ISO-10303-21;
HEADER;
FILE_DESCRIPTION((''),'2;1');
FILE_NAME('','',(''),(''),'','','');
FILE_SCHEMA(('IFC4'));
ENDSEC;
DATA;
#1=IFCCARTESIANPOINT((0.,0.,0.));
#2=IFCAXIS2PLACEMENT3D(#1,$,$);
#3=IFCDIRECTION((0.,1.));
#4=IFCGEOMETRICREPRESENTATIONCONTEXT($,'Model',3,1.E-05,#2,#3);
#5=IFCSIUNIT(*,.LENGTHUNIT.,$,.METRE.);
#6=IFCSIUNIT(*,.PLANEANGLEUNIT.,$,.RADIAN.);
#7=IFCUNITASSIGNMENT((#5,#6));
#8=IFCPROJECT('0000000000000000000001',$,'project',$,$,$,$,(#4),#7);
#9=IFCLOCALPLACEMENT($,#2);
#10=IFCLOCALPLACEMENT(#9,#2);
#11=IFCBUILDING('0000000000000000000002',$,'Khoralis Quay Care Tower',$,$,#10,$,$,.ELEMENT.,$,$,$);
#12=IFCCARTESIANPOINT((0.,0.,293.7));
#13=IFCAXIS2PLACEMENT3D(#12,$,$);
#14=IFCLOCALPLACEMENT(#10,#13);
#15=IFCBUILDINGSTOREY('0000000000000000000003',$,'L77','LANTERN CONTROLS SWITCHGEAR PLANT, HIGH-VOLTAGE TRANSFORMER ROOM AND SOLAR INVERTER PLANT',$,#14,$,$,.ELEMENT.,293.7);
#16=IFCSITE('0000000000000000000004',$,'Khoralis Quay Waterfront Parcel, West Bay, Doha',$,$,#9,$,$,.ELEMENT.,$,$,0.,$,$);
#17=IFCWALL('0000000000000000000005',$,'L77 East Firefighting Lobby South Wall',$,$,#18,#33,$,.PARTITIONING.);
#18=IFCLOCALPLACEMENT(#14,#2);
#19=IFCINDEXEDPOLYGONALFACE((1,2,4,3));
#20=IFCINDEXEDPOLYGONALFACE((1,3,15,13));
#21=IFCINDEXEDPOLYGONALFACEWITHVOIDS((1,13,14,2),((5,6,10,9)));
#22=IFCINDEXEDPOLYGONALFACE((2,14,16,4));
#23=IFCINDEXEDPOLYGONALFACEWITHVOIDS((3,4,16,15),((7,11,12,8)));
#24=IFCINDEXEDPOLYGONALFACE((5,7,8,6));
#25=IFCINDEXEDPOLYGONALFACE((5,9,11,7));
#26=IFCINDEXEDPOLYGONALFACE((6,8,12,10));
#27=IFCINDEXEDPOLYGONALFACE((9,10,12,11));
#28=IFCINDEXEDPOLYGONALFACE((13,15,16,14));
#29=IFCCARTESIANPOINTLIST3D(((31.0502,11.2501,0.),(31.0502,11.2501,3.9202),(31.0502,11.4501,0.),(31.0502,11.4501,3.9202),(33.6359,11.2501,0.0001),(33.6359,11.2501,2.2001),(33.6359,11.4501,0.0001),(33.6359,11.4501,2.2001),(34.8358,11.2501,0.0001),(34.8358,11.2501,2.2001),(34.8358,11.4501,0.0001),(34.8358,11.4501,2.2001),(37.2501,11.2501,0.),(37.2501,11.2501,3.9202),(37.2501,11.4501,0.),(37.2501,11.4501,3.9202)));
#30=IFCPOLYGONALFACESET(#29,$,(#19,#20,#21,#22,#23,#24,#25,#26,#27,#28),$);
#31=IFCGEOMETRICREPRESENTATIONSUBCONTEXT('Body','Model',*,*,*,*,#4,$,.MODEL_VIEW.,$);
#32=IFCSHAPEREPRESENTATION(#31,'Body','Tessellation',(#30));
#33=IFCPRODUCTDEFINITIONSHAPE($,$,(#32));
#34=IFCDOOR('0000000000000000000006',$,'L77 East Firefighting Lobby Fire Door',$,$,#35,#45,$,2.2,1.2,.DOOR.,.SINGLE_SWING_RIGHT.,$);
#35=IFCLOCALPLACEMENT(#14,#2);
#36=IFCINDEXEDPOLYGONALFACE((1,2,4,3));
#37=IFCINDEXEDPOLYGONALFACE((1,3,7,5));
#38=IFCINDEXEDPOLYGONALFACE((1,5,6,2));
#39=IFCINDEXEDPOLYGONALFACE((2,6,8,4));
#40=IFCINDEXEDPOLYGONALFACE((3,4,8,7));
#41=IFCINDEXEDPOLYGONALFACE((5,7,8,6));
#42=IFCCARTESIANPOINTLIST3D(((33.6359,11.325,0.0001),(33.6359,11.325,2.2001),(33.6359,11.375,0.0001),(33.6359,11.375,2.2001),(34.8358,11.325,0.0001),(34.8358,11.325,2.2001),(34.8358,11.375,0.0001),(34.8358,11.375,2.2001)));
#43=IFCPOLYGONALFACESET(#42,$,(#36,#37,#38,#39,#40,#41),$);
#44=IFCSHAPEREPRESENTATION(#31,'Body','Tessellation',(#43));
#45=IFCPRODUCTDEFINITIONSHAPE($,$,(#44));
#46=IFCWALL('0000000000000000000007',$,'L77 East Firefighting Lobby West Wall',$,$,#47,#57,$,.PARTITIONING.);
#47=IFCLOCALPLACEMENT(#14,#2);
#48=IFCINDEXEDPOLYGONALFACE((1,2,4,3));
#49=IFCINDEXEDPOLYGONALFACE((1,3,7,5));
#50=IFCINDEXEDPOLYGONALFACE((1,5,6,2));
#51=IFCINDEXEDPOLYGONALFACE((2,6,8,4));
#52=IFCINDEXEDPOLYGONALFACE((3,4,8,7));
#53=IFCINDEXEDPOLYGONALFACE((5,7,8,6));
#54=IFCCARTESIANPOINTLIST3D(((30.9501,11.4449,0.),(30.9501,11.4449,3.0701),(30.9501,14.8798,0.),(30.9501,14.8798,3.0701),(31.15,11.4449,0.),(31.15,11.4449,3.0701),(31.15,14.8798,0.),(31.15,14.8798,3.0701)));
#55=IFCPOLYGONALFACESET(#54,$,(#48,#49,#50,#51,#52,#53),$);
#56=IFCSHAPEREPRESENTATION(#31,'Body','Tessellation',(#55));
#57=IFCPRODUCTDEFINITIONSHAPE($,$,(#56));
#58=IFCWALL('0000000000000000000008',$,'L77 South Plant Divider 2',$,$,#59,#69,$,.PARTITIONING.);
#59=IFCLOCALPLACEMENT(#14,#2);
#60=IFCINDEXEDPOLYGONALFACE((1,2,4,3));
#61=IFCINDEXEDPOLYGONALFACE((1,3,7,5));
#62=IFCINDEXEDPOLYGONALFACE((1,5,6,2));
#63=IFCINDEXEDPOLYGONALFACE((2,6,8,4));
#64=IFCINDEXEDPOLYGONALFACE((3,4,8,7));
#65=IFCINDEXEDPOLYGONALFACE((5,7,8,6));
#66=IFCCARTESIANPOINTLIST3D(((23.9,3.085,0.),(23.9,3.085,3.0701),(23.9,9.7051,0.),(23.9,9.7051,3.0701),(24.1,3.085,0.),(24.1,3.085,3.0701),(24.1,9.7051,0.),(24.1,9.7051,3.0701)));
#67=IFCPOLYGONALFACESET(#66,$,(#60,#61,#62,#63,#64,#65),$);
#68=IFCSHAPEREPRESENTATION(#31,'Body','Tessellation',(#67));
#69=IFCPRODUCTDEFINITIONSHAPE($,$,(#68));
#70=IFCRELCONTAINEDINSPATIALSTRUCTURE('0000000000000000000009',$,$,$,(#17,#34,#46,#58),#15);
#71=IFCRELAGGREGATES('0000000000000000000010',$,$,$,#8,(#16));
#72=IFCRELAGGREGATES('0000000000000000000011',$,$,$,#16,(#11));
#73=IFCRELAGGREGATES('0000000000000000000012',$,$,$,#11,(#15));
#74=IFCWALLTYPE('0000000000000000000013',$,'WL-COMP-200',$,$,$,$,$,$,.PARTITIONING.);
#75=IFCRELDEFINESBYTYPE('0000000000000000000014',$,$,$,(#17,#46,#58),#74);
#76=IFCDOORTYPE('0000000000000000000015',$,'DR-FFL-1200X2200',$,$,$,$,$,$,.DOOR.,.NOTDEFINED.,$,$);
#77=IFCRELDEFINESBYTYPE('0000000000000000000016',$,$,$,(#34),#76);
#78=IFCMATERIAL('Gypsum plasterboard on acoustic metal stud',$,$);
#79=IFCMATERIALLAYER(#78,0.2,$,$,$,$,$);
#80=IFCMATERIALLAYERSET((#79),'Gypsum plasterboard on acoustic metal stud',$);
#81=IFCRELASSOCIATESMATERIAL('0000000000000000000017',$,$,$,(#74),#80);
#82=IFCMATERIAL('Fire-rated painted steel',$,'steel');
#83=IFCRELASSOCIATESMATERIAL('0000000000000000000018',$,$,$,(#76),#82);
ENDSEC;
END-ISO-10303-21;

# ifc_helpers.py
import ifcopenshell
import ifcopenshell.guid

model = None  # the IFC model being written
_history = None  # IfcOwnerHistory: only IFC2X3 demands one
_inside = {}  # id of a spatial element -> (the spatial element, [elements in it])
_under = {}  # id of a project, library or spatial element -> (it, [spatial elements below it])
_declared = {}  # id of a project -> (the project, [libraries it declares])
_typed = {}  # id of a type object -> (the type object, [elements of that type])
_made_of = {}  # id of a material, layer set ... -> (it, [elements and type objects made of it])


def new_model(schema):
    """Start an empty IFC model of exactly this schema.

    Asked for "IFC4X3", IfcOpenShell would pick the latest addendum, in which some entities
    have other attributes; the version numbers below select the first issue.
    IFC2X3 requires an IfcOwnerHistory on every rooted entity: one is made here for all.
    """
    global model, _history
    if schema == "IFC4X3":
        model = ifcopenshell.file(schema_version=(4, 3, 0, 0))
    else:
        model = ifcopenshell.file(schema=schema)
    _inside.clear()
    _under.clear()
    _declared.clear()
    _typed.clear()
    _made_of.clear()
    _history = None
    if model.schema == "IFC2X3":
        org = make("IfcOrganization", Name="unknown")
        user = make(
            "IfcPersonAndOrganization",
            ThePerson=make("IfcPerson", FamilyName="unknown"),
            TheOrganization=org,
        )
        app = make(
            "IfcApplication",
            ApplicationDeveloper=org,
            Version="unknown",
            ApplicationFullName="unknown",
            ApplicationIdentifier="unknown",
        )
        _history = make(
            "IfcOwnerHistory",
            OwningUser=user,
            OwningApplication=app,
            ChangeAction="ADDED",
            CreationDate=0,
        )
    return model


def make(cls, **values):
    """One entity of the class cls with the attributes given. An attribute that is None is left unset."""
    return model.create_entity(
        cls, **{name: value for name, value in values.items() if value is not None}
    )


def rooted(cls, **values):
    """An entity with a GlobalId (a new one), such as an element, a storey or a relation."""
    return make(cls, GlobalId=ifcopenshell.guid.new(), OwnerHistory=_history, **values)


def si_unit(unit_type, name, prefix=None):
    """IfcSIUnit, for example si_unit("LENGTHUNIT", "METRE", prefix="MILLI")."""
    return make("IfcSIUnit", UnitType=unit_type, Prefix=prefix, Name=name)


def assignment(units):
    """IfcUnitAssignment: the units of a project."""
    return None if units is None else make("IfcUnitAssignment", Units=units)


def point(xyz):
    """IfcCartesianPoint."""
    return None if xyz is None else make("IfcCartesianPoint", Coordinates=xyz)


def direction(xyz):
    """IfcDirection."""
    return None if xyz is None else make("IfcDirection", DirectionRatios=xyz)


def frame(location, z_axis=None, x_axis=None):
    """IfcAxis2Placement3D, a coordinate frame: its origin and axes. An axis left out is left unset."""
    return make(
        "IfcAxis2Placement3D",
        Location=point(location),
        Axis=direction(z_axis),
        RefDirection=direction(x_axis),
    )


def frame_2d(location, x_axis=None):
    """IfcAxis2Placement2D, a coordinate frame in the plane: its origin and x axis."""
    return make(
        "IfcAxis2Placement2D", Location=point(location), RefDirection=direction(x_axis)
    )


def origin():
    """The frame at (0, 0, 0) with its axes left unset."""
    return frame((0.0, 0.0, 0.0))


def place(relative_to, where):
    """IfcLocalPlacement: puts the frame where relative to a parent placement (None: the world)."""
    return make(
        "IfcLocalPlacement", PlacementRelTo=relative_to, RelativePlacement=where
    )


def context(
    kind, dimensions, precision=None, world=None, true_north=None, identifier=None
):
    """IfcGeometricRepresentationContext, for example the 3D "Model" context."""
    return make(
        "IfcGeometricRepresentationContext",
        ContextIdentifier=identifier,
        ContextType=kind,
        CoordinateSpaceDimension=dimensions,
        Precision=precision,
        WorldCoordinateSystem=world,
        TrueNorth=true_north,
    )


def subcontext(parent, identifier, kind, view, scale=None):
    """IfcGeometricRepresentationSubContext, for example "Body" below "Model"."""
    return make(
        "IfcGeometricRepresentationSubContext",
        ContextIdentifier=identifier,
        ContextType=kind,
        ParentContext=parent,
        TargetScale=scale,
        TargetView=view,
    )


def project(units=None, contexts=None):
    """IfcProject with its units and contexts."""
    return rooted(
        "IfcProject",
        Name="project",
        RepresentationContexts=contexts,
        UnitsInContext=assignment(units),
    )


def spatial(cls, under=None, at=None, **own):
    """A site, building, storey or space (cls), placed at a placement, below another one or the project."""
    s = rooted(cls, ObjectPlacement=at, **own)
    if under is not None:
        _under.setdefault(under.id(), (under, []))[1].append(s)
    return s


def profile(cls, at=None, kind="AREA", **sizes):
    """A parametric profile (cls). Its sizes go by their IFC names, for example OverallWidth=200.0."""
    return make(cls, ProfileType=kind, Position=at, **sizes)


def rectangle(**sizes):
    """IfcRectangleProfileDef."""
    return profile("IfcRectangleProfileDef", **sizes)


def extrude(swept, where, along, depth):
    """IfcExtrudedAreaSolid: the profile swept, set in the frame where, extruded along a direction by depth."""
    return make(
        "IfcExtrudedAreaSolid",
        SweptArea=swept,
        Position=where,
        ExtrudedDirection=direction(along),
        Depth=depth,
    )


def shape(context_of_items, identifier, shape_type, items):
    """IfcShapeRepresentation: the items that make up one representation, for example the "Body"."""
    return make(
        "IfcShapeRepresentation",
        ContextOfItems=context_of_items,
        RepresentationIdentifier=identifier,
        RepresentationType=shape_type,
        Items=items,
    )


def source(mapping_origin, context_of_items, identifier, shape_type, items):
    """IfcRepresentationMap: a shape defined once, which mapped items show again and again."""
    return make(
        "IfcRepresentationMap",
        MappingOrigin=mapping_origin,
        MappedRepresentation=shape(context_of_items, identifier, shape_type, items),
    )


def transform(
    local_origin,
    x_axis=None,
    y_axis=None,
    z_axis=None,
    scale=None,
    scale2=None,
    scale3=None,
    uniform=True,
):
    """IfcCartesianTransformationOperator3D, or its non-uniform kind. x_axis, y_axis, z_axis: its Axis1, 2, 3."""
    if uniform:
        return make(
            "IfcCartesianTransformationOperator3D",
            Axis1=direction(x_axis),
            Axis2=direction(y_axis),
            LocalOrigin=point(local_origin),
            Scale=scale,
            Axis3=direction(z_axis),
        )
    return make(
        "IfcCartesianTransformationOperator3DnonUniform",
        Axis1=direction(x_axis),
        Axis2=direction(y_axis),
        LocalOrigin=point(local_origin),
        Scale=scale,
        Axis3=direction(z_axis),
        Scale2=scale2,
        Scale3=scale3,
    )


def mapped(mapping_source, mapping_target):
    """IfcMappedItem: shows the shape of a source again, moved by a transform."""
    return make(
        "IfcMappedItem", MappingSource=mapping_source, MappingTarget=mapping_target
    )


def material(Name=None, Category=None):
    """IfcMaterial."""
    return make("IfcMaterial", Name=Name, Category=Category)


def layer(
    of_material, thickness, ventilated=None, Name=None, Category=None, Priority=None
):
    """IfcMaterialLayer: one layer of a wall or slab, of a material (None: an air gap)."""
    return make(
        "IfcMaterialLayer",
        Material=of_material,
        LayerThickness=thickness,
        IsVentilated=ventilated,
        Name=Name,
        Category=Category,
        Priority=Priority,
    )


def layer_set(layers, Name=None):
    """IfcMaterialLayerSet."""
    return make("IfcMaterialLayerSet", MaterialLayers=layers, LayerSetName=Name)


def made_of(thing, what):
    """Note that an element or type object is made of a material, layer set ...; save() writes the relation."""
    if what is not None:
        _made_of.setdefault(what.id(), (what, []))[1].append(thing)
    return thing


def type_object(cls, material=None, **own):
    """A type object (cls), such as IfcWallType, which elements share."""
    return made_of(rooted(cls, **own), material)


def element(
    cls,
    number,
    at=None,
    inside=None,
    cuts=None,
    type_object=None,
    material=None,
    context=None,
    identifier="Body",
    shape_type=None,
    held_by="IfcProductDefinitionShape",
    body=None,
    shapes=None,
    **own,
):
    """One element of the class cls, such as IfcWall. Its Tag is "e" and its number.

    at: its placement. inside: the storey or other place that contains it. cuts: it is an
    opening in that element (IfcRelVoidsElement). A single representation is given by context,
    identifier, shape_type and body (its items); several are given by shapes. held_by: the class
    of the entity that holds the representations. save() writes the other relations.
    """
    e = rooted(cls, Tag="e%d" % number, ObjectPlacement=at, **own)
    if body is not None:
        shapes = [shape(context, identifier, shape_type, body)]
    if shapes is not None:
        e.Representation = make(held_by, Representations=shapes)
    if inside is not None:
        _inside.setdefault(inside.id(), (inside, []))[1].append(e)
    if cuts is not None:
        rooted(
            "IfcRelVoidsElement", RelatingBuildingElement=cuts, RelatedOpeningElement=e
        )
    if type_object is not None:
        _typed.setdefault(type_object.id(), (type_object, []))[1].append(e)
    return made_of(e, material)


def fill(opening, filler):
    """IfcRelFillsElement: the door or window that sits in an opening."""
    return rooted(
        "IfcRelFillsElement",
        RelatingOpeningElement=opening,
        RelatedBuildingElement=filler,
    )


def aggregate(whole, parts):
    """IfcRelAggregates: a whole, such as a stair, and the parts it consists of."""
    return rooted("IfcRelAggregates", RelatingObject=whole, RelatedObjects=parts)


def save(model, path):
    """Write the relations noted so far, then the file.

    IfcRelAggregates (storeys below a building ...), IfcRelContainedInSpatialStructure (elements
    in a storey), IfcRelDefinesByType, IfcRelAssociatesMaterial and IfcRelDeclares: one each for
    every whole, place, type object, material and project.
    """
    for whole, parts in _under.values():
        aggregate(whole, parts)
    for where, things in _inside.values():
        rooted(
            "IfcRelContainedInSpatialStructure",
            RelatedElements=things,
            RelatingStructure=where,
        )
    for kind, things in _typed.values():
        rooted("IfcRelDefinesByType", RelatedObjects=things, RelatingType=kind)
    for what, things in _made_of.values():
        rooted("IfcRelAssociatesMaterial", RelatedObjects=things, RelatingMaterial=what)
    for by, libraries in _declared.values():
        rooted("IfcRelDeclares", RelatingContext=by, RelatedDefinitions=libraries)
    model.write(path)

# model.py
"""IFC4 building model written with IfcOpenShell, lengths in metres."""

from ifc_helpers import new_model, si_unit, direction, frame, frame_2d, origin, place, context, subcontext, project, spatial, rectangle, extrude, source, transform, mapped, material, layer, layer_set, type_object, element, fill, save


model = new_model("IFC4")

# Units and contexts
model_context = context("Model", 3, precision=1e-05, world=origin(), true_north=direction((0.0, 1.0)))
body_context = subcontext(model_context, "Body", "Model", "MODEL_VIEW")
ifc_project = project(units=[si_unit("LENGTHUNIT", "METRE"), si_unit("PLANEANGLEUNIT", "RADIAN")], contexts=[model_context])

# Site, building, storey
site_placement = place(None, origin())
site = spatial("IfcSite", under=ifc_project, at=site_placement, Name="Khoralis Quay Waterfront Parcel, West Bay, Doha", CompositionType="ELEMENT", RefElevation=0.0)
building_placement = place(site_placement, origin())
building = spatial("IfcBuilding", under=site, at=building_placement, Name="Khoralis Quay Care Tower", CompositionType="ELEMENT")
storey_placement = place(building_placement, frame((0.0, 0.0, 293.7)))
storey = spatial("IfcBuildingStorey", under=building, at=storey_placement, Name="L77", Description="LANTERN CONTROLS SWITCHGEAR PLANT, HIGH-VOLTAGE TRANSFORMER ROOM AND SOLAR INVERTER PLANT", CompositionType="ELEMENT", Elevation=293.7)

# Wall, opening, door
ifc_material_1 = material(Name="Gypsum plasterboard on acoustic metal stud")
ifc_layer_1 = layer(ifc_material_1, 0.2)
ifc_layer_set_1 = layer_set([ifc_layer_1], Name="Gypsum plasterboard on acoustic metal stud")
wall_type = type_object("IfcWallType", Name="WL-COMP-200", PredefinedType="PARTITIONING", material=ifc_layer_set_1)
wall_1_placement = place(storey_placement, frame((31.05, 11.3501, 0.0), z_axis=(0.0, 0.0, 1.0), x_axis=(1.0, 0.0, 0.0)))
wall_1 = element("IfcWall", 1, at=wall_1_placement, inside=storey, type_object=wall_type, Name="L77 East Firefighting Lobby South Wall", PredefinedType="PARTITIONING", context=body_context, shape_type="SweptSolid", body=[
    extrude(rectangle(XDim=6.2, YDim=0.2, at=frame_2d((3.1001, 0.0))), origin(), (0.0, 0.0, 1.0), 3.9202),
])
opening_placement = place(wall_1_placement, frame((2.5857, 0.0, 0.0)))
opening = element("IfcOpeningElement", 2, at=opening_placement, cuts=wall_1, PredefinedType="OPENING", context=body_context, shape_type="SweptSolid", body=[
    extrude(rectangle(XDim=1.2, YDim=2.2, at=frame_2d((0.6001, 1.1001))), frame((0.0, 0.1099, 0.0), z_axis=(0.0, -1.0, 0.0), x_axis=(1.0, 0.0, 0.0)), (0.0, 0.0, 1.0), 0.22),
])
ifc_material_2 = material(Name="Fire-rated painted steel", Category="steel")
door_type = type_object("IfcDoorType", Name="DR-FFL-1200X2200", OperationType="NOTDEFINED", PredefinedType="DOOR", material=ifc_material_2)
shared_shape_1 = source(origin(), body_context, "Body", "SweptSolid", [
    extrude(rectangle(XDim=1.2, YDim=2.2, at=frame_2d((0.6001, 1.1001))), frame((0.0, 0.0249, 0.0), z_axis=(0.0, -1.0, 0.0), x_axis=(1.0, 0.0, 0.0)), (0.0, 0.0, 1.0), 0.05),
])
door_placement = place(opening_placement, origin())
door = element("IfcDoor", 3, at=door_placement, inside=storey, type_object=door_type, Name="L77 East Firefighting Lobby Fire Door", OperationType="SINGLE_SWING_RIGHT", OverallHeight=2.2, OverallWidth=1.2, PredefinedType="DOOR", context=body_context, shape_type="MappedRepresentation", body=[
    mapped(shared_shape_1, transform((0.0, 0.0, 0.0), scale=1.0)),
])
fill(opening, door)

# Walls
wall_2_placement = place(storey_placement, frame((31.05, 11.4451, 0.0), z_axis=(0.0, 0.0, 1.0), x_axis=(0.0, 1.0, 0.0)))
element("IfcWall", 4, at=wall_2_placement, inside=storey, type_object=wall_type, Name="L77 East Firefighting Lobby West Wall", PredefinedType="PARTITIONING", context=body_context, shape_type="SweptSolid", body=[
    extrude(rectangle(XDim=3.4348, YDim=0.2, at=frame_2d((1.7173, 0.0))), origin(), (0.0, 0.0, 1.0), 3.0701),
])
wall_3_placement = place(storey_placement, frame((24.0, 3.085, 0.0), z_axis=(0.0, 0.0, 1.0), x_axis=(0.0, 1.0, 0.0)))
element("IfcWall", 5, at=wall_3_placement, inside=storey, type_object=wall_type, Name="L77 South Plant Divider 2", PredefinedType="PARTITIONING", context=body_context, shape_type="SweptSolid", body=[
    extrude(rectangle(XDim=6.6201, YDim=0.2, at=frame_2d((3.3101, 0.0))), origin(), (0.0, 0.0, 1.0), 3.0701),
])

save(model, "model.ifc")
